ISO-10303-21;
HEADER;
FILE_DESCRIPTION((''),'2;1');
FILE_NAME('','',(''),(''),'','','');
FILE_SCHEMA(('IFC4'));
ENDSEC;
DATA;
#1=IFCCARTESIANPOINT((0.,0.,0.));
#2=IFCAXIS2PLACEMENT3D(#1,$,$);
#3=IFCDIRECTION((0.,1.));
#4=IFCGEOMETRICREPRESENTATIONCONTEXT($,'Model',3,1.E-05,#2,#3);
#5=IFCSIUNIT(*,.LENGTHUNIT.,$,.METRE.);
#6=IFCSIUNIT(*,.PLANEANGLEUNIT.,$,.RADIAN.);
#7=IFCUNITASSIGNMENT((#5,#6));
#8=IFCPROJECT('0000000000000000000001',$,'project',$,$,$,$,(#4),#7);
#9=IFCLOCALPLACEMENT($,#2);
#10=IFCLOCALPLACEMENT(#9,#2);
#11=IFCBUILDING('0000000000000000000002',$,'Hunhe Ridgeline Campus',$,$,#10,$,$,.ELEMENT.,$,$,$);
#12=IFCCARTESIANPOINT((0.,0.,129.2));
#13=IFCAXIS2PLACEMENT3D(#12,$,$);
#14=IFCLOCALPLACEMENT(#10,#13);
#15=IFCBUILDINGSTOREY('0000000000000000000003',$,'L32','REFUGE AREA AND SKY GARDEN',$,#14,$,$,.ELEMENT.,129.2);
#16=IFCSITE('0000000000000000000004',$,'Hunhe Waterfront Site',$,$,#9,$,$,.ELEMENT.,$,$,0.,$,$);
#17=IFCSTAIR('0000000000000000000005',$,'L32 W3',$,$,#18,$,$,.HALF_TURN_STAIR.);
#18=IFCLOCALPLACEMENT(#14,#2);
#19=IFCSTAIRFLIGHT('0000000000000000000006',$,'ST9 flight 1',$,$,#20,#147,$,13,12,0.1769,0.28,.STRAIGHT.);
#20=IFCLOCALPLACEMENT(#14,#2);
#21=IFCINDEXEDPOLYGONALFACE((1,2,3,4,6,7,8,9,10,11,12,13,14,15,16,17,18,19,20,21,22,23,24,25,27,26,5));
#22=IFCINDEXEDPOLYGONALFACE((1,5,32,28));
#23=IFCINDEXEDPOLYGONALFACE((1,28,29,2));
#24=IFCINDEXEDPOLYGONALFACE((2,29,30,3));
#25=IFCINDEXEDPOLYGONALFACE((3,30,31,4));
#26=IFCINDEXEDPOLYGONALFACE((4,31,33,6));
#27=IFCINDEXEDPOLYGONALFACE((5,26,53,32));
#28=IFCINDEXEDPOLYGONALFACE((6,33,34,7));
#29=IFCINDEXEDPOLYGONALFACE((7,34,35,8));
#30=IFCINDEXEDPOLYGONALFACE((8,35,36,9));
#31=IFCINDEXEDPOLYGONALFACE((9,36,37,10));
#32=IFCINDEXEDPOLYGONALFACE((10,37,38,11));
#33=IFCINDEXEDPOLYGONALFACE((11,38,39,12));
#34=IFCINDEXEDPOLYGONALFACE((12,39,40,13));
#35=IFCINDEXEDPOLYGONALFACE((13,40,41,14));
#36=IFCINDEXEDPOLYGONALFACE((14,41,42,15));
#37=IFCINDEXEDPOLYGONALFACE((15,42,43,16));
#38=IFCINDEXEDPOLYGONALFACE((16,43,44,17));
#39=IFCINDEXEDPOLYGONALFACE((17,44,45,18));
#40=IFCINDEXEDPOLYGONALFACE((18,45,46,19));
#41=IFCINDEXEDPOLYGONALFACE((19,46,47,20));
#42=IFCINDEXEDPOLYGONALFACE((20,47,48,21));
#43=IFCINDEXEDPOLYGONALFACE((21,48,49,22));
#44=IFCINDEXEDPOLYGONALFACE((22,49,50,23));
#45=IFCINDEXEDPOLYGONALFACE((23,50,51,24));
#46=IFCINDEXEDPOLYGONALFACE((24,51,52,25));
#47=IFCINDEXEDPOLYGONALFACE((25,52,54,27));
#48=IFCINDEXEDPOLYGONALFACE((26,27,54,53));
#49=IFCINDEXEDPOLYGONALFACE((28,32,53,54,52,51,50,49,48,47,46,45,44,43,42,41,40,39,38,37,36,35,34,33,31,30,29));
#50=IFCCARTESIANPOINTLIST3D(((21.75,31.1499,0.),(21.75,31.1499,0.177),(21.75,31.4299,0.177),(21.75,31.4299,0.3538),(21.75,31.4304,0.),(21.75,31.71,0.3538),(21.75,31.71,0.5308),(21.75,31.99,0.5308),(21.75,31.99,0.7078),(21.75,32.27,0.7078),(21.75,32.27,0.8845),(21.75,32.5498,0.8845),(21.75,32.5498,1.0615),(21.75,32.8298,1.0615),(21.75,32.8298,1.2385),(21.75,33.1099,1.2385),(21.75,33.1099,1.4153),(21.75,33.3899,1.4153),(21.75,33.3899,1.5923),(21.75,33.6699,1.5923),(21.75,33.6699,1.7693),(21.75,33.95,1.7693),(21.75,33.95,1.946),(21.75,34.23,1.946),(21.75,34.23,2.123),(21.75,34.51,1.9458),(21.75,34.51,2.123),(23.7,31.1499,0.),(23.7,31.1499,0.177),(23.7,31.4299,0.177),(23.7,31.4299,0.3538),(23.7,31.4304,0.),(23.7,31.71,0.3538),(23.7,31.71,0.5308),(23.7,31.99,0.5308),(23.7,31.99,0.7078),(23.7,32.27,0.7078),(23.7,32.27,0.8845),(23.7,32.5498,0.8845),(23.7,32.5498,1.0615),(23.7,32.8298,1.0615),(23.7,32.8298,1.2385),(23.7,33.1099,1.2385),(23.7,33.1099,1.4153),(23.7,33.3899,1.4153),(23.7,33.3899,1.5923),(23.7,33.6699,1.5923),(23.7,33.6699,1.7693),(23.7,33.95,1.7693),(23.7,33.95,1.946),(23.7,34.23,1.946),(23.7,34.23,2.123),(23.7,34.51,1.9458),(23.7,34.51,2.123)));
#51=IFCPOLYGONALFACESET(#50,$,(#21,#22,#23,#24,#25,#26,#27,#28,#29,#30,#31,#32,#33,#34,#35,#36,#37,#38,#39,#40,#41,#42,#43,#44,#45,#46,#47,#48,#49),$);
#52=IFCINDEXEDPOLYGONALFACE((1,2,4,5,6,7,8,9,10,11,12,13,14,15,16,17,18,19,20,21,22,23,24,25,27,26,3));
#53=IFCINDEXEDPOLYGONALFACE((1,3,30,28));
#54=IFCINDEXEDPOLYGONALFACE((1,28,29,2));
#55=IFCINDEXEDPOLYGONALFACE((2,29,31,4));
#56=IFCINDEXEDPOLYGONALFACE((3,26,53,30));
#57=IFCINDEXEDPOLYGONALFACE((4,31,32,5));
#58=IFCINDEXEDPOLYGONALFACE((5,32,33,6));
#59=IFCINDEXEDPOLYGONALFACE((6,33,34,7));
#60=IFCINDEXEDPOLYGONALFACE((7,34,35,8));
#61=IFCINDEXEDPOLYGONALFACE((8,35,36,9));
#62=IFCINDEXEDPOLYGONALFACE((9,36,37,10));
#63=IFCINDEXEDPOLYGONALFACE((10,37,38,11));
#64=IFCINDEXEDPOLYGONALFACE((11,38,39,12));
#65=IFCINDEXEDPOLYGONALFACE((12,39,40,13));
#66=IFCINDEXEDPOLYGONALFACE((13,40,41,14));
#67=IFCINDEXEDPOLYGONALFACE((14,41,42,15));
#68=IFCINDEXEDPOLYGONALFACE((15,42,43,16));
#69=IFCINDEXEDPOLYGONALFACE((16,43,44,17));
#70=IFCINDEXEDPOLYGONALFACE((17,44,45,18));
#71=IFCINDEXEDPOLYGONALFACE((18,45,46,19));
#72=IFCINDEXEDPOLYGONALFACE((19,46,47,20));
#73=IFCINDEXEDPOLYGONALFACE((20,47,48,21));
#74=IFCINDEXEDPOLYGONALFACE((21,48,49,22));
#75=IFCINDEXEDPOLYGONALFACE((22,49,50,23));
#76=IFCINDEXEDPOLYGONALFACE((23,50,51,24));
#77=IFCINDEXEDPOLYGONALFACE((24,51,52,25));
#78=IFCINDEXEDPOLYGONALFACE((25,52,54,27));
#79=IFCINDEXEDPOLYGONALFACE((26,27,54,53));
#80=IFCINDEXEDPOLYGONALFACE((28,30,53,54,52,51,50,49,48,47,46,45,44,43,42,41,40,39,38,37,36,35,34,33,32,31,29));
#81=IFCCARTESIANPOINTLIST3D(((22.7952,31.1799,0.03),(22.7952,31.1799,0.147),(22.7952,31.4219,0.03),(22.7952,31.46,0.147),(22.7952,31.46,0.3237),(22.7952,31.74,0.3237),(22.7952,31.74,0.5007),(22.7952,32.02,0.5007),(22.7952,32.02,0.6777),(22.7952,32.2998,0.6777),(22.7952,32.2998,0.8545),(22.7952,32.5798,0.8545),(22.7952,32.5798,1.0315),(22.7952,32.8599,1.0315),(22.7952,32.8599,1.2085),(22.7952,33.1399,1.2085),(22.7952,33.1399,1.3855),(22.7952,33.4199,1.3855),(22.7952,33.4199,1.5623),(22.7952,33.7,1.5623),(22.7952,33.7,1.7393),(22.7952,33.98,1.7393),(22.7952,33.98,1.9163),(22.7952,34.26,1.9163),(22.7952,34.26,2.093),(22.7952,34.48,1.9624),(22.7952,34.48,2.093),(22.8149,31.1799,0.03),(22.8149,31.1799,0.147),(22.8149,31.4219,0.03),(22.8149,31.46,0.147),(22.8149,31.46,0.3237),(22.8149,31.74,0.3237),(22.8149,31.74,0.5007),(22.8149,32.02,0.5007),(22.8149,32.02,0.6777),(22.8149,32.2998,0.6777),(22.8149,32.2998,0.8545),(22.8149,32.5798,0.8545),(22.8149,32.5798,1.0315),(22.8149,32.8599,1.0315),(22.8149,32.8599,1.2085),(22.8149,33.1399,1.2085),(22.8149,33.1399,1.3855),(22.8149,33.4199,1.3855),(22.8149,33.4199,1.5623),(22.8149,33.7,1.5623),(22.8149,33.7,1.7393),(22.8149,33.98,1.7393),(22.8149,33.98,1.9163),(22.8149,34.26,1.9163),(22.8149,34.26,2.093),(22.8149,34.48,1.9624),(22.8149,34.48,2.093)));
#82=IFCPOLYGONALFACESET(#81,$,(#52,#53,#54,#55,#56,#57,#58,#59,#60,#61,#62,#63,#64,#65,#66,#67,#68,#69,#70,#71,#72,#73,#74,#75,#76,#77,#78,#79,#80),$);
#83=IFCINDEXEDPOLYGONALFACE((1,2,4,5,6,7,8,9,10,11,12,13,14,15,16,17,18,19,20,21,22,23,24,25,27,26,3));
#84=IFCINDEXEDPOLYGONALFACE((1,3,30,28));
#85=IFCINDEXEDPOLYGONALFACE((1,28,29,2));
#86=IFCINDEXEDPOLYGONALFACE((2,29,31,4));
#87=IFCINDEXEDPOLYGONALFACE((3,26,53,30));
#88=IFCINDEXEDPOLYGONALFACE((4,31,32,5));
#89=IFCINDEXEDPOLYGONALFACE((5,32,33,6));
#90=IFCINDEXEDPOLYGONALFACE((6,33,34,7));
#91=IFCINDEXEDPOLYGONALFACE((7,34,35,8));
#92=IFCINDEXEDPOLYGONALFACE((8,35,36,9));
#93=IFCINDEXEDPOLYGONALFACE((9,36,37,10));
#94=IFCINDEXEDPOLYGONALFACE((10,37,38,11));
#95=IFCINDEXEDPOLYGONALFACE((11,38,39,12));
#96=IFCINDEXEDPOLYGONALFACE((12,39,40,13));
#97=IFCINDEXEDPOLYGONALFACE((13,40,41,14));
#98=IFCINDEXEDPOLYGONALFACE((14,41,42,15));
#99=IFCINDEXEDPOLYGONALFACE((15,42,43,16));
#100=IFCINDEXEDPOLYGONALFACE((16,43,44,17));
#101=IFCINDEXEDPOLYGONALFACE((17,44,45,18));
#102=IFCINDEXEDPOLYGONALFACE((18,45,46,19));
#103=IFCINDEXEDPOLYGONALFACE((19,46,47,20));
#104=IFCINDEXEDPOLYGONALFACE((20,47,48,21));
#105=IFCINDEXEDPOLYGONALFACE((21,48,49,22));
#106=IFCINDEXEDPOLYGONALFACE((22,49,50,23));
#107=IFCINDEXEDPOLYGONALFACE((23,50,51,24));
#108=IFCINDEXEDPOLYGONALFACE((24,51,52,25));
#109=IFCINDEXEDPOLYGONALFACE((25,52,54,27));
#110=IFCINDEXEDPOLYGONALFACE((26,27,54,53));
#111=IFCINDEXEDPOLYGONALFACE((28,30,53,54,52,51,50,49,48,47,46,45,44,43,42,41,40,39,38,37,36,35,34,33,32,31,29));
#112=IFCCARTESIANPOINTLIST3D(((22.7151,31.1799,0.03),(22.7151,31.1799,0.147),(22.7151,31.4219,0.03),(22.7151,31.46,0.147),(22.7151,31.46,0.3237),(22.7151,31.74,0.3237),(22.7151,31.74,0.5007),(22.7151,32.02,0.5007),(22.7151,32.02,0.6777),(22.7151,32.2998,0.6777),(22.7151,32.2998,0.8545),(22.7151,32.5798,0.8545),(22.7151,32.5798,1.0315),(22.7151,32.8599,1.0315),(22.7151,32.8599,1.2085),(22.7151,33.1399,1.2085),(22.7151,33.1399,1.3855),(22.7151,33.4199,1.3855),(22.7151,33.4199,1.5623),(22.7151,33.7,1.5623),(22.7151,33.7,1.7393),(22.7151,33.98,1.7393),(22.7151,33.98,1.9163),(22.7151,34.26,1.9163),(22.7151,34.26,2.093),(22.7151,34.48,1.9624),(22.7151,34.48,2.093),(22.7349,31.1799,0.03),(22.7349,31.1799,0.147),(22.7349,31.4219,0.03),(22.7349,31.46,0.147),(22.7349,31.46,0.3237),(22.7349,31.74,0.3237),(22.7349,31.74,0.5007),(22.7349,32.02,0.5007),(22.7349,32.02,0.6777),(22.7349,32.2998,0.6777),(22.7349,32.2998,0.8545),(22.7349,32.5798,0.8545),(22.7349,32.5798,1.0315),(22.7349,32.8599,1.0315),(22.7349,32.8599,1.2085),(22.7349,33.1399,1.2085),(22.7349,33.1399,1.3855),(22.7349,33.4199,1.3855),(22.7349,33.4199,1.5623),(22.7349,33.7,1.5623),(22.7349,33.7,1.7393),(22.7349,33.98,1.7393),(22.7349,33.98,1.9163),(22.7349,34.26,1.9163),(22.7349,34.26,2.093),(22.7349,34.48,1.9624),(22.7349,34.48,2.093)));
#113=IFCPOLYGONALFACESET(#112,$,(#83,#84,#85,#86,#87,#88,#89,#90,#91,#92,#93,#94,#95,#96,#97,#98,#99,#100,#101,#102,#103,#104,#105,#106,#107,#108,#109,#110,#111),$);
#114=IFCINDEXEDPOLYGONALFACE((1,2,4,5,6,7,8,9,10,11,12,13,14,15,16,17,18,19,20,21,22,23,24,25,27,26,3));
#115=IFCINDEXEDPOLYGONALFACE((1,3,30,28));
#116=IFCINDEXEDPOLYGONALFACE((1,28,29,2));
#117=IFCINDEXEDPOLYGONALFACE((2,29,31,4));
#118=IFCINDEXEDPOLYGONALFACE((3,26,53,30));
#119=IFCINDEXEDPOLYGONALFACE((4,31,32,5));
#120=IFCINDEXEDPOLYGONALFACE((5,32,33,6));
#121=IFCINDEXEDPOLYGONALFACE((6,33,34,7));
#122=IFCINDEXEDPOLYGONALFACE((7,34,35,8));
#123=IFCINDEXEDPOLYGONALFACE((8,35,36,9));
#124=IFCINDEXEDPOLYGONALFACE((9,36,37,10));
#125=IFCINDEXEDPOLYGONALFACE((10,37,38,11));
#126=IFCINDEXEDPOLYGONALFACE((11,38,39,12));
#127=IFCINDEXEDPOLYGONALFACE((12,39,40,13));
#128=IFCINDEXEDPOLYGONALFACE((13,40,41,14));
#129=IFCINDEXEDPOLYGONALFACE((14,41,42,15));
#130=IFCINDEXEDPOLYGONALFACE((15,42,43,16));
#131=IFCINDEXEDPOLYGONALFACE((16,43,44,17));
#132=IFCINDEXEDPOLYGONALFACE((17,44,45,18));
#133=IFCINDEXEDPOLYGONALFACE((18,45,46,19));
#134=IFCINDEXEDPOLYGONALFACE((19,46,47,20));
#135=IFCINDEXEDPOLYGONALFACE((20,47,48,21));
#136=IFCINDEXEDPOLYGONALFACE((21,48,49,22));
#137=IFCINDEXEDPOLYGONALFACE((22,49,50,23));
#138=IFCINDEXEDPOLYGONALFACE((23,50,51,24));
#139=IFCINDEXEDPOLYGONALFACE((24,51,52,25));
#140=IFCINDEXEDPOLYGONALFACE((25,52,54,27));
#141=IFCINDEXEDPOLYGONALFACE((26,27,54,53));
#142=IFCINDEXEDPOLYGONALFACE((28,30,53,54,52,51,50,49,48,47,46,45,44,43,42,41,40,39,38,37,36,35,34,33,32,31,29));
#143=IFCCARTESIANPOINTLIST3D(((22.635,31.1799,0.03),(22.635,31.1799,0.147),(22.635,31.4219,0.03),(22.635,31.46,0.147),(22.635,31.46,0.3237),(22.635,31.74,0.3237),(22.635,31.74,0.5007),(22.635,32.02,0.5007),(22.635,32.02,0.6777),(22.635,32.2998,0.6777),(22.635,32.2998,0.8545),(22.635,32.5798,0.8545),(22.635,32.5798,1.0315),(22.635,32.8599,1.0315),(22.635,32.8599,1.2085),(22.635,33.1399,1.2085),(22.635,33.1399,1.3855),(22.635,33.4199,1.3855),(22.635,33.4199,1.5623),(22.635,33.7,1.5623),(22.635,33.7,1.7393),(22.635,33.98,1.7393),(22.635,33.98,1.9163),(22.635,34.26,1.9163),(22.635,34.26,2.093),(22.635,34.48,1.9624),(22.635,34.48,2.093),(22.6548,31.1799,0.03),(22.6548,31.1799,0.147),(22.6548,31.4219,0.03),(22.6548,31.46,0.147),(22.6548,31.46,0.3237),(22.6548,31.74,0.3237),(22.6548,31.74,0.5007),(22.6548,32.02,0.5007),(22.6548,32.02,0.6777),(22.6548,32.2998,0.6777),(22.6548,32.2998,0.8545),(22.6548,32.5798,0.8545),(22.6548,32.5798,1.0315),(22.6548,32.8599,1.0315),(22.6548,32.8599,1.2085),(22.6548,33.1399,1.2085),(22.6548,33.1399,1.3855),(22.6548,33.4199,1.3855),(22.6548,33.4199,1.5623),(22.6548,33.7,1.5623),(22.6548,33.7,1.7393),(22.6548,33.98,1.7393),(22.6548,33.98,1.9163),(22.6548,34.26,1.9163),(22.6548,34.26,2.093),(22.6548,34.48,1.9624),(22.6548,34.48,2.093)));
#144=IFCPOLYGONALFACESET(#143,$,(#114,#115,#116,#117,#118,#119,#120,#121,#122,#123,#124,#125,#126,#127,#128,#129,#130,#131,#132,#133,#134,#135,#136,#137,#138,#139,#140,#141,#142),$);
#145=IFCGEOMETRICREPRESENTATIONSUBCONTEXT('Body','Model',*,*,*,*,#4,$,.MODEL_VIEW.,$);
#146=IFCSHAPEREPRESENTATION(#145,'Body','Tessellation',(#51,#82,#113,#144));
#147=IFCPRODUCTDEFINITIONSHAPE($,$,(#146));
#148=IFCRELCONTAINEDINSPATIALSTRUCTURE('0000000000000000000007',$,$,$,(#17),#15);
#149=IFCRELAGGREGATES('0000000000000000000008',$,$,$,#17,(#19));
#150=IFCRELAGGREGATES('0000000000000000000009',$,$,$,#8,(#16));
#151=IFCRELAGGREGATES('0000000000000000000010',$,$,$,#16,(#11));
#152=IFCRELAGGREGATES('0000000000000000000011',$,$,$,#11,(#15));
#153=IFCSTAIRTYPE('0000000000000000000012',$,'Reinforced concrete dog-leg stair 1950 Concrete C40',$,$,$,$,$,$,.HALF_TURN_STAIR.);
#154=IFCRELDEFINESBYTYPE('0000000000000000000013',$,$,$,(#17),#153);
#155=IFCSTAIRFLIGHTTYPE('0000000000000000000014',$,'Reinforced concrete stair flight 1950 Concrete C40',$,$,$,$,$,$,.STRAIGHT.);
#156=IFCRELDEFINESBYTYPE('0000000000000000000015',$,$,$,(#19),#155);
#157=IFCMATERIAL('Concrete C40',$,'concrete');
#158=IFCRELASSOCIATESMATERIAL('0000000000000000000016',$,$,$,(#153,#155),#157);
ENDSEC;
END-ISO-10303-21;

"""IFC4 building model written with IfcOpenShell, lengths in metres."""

from ifc_helpers import new_model, si_unit, direction, frame, origin, place, context, subcontext, project, spatial, polyline, outline, extrude, material, type_object, element, aggregate, save


model = new_model("IFC4")

# Units and contexts
model_context = context("Model", 3, precision=1e-05, world=origin(), true_north=direction((0.0, 1.0)))
body_context = subcontext(model_context, "Body", "Model", "MODEL_VIEW")
ifc_project = project(units=[si_unit("LENGTHUNIT", "METRE"), si_unit("PLANEANGLEUNIT", "RADIAN")], contexts=[model_context])

# Site, building, storey
site_placement = place(None, origin())
site = spatial("IfcSite", under=ifc_project, at=site_placement, Name="Hunhe Waterfront Site", CompositionType="ELEMENT", RefElevation=0.0)
building_placement = place(site_placement, origin())
building = spatial("IfcBuilding", under=site, at=building_placement, Name="Hunhe Ridgeline Campus", CompositionType="ELEMENT")
storey_placement = place(building_placement, frame((0.0, 0.0, 129.2)))
storey = spatial("IfcBuildingStorey", under=building, at=storey_placement, Name="L32", Description="REFUGE AREA AND SKY GARDEN", CompositionType="ELEMENT", Elevation=129.2)

# Stair, stair flight
ifc_material_1 = material(Name="Concrete C40", Category="concrete")
stair_type = type_object("IfcStairType", Name="Reinforced concrete dog-leg stair 1950 Concrete C40", PredefinedType="HALF_TURN_STAIR", material=ifc_material_1)
stair_placement = place(storey_placement, origin())
stair = element("IfcStair", 1, at=stair_placement, inside=storey, type_object=stair_type, Name="L32 W3", PredefinedType="HALF_TURN_STAIR")
stair_flight_type = type_object("IfcStairFlightType", Name="Reinforced concrete stair flight 1950 Concrete C40", PredefinedType="STRAIGHT", material=ifc_material_1)
stair_flight_1_placement = place(storey_placement, frame((22.7251, 31.1499, 0.0), z_axis=(0.0, 0.0, 1.0), x_axis=(0.0, 1.0, 0.0)))
stair_flight_1 = element("IfcStairFlight", 2, at=stair_flight_1_placement, type_object=stair_flight_type, Name="ST9 flight 1", NumberOfRisers=13, NumberOfTreads=12, PredefinedType="STRAIGHT", RiserHeight=0.1769, TreadLength=0.28, context=body_context, shape_type="SweptSolid", body=[
    extrude(outline(polyline([(0.0, 0.0), (0.0, 0.177), (0.28, 0.177), (0.28, 0.3538), (0.5601, 0.3538), (0.5601, 0.5308), (0.8401, 0.5308), (0.8401, 0.7078), (1.1201, 0.7078), (1.1201, 0.8845), (1.3999, 0.8845), (1.3999, 1.0615), (1.6799, 1.0615), (1.6799, 1.2385), (1.96, 1.2385), (1.96, 1.4153), (2.24, 1.4153), (2.24, 1.5923), (2.52, 1.5923), (2.52, 1.7693), (2.8, 1.7693), (2.8, 1.946), (3.0801, 1.946), (3.0801, 2.123), (3.3601, 2.123), (3.3601, 2.3), (3.3601, 1.9458), (0.2805, 0.0), (0.0, 0.0)])), frame((0.0, 0.9751, 0.0), z_axis=(0.0, -1.0, 0.0), x_axis=(1.0, 0.0, 0.0)), (0.0, 0.0, 1.0), 1.95),
    extrude(outline(polyline([(0.03, 0.03), (0.03, 0.147), (0.3101, 0.147), (0.3101, 0.3237), (0.5901, 0.3237), (0.5901, 0.5007), (0.8701, 0.5007), (0.8701, 0.6777), (1.1499, 0.6777), (1.1499, 0.8545), (1.4299, 0.8545), (1.4299, 1.0315), (1.71, 1.0315), (1.71, 1.2085), (1.99, 1.2085), (1.99, 1.3855), (2.27, 1.3855), (2.27, 1.5623), (2.55, 1.5623), (2.55, 1.7393), (2.8301, 1.7393), (2.8301, 1.9163), (3.1101, 1.9163), (3.1101, 2.093), (3.3301, 2.093), (3.3301, 1.9624), (0.272, 0.03), (0.03, 0.03)])), frame((0.0, -0.0701, 0.0), z_axis=(0.0, -1.0, 0.0), x_axis=(1.0, 0.0, 0.0)), (0.0, 0.0, 1.0), 0.0198),
    extrude(outline(polyline([(0.03, 0.03), (0.03, 0.147), (0.3101, 0.147), (0.3101, 0.3237), (0.5901, 0.3237), (0.5901, 0.5007), (0.8701, 0.5007), (0.8701, 0.6777), (1.1499, 0.6777), (1.1499, 0.8545), (1.4299, 0.8545), (1.4299, 1.0315), (1.71, 1.0315), (1.71, 1.2085), (1.99, 1.2085), (1.99, 1.3855), (2.27, 1.3855), (2.27, 1.5623), (2.55, 1.5623), (2.55, 1.7393), (2.8301, 1.7393), (2.8301, 1.9163), (3.1101, 1.9163), (3.1101, 2.093), (3.3301, 2.093), (3.3301, 1.9624), (0.272, 0.03), (0.03, 0.03)])), frame((0.0, 0.01, 0.0), z_axis=(0.0, -1.0, 0.0), x_axis=(1.0, 0.0, 0.0)), (0.0, 0.0, 1.0), 0.0198),
    extrude(outline(polyline([(0.03, 0.03), (0.03, 0.147), (0.3101, 0.147), (0.3101, 0.3237), (0.5901, 0.3237), (0.5901, 0.5007), (0.8701, 0.5007), (0.8701, 0.6777), (1.1499, 0.6777), (1.1499, 0.8545), (1.4299, 0.8545), (1.4299, 1.0315), (1.71, 1.0315), (1.71, 1.2085), (1.99, 1.2085), (1.99, 1.3855), (2.27, 1.3855), (2.27, 1.5623), (2.55, 1.5623), (2.55, 1.7393), (2.8301, 1.7393), (2.8301, 1.9163), (3.1101, 1.9163), (3.1101, 2.093), (3.3301, 2.093), (3.3301, 1.9624), (0.272, 0.03), (0.03, 0.03)])), frame((0.0, 0.0901, 0.0), z_axis=(0.0, -1.0, 0.0), x_axis=(1.0, 0.0, 0.0)), (0.0, 0.0, 1.0), 0.0198),
])
aggregate(stair, [stair_flight_1])

save(model, "model.ifc")
